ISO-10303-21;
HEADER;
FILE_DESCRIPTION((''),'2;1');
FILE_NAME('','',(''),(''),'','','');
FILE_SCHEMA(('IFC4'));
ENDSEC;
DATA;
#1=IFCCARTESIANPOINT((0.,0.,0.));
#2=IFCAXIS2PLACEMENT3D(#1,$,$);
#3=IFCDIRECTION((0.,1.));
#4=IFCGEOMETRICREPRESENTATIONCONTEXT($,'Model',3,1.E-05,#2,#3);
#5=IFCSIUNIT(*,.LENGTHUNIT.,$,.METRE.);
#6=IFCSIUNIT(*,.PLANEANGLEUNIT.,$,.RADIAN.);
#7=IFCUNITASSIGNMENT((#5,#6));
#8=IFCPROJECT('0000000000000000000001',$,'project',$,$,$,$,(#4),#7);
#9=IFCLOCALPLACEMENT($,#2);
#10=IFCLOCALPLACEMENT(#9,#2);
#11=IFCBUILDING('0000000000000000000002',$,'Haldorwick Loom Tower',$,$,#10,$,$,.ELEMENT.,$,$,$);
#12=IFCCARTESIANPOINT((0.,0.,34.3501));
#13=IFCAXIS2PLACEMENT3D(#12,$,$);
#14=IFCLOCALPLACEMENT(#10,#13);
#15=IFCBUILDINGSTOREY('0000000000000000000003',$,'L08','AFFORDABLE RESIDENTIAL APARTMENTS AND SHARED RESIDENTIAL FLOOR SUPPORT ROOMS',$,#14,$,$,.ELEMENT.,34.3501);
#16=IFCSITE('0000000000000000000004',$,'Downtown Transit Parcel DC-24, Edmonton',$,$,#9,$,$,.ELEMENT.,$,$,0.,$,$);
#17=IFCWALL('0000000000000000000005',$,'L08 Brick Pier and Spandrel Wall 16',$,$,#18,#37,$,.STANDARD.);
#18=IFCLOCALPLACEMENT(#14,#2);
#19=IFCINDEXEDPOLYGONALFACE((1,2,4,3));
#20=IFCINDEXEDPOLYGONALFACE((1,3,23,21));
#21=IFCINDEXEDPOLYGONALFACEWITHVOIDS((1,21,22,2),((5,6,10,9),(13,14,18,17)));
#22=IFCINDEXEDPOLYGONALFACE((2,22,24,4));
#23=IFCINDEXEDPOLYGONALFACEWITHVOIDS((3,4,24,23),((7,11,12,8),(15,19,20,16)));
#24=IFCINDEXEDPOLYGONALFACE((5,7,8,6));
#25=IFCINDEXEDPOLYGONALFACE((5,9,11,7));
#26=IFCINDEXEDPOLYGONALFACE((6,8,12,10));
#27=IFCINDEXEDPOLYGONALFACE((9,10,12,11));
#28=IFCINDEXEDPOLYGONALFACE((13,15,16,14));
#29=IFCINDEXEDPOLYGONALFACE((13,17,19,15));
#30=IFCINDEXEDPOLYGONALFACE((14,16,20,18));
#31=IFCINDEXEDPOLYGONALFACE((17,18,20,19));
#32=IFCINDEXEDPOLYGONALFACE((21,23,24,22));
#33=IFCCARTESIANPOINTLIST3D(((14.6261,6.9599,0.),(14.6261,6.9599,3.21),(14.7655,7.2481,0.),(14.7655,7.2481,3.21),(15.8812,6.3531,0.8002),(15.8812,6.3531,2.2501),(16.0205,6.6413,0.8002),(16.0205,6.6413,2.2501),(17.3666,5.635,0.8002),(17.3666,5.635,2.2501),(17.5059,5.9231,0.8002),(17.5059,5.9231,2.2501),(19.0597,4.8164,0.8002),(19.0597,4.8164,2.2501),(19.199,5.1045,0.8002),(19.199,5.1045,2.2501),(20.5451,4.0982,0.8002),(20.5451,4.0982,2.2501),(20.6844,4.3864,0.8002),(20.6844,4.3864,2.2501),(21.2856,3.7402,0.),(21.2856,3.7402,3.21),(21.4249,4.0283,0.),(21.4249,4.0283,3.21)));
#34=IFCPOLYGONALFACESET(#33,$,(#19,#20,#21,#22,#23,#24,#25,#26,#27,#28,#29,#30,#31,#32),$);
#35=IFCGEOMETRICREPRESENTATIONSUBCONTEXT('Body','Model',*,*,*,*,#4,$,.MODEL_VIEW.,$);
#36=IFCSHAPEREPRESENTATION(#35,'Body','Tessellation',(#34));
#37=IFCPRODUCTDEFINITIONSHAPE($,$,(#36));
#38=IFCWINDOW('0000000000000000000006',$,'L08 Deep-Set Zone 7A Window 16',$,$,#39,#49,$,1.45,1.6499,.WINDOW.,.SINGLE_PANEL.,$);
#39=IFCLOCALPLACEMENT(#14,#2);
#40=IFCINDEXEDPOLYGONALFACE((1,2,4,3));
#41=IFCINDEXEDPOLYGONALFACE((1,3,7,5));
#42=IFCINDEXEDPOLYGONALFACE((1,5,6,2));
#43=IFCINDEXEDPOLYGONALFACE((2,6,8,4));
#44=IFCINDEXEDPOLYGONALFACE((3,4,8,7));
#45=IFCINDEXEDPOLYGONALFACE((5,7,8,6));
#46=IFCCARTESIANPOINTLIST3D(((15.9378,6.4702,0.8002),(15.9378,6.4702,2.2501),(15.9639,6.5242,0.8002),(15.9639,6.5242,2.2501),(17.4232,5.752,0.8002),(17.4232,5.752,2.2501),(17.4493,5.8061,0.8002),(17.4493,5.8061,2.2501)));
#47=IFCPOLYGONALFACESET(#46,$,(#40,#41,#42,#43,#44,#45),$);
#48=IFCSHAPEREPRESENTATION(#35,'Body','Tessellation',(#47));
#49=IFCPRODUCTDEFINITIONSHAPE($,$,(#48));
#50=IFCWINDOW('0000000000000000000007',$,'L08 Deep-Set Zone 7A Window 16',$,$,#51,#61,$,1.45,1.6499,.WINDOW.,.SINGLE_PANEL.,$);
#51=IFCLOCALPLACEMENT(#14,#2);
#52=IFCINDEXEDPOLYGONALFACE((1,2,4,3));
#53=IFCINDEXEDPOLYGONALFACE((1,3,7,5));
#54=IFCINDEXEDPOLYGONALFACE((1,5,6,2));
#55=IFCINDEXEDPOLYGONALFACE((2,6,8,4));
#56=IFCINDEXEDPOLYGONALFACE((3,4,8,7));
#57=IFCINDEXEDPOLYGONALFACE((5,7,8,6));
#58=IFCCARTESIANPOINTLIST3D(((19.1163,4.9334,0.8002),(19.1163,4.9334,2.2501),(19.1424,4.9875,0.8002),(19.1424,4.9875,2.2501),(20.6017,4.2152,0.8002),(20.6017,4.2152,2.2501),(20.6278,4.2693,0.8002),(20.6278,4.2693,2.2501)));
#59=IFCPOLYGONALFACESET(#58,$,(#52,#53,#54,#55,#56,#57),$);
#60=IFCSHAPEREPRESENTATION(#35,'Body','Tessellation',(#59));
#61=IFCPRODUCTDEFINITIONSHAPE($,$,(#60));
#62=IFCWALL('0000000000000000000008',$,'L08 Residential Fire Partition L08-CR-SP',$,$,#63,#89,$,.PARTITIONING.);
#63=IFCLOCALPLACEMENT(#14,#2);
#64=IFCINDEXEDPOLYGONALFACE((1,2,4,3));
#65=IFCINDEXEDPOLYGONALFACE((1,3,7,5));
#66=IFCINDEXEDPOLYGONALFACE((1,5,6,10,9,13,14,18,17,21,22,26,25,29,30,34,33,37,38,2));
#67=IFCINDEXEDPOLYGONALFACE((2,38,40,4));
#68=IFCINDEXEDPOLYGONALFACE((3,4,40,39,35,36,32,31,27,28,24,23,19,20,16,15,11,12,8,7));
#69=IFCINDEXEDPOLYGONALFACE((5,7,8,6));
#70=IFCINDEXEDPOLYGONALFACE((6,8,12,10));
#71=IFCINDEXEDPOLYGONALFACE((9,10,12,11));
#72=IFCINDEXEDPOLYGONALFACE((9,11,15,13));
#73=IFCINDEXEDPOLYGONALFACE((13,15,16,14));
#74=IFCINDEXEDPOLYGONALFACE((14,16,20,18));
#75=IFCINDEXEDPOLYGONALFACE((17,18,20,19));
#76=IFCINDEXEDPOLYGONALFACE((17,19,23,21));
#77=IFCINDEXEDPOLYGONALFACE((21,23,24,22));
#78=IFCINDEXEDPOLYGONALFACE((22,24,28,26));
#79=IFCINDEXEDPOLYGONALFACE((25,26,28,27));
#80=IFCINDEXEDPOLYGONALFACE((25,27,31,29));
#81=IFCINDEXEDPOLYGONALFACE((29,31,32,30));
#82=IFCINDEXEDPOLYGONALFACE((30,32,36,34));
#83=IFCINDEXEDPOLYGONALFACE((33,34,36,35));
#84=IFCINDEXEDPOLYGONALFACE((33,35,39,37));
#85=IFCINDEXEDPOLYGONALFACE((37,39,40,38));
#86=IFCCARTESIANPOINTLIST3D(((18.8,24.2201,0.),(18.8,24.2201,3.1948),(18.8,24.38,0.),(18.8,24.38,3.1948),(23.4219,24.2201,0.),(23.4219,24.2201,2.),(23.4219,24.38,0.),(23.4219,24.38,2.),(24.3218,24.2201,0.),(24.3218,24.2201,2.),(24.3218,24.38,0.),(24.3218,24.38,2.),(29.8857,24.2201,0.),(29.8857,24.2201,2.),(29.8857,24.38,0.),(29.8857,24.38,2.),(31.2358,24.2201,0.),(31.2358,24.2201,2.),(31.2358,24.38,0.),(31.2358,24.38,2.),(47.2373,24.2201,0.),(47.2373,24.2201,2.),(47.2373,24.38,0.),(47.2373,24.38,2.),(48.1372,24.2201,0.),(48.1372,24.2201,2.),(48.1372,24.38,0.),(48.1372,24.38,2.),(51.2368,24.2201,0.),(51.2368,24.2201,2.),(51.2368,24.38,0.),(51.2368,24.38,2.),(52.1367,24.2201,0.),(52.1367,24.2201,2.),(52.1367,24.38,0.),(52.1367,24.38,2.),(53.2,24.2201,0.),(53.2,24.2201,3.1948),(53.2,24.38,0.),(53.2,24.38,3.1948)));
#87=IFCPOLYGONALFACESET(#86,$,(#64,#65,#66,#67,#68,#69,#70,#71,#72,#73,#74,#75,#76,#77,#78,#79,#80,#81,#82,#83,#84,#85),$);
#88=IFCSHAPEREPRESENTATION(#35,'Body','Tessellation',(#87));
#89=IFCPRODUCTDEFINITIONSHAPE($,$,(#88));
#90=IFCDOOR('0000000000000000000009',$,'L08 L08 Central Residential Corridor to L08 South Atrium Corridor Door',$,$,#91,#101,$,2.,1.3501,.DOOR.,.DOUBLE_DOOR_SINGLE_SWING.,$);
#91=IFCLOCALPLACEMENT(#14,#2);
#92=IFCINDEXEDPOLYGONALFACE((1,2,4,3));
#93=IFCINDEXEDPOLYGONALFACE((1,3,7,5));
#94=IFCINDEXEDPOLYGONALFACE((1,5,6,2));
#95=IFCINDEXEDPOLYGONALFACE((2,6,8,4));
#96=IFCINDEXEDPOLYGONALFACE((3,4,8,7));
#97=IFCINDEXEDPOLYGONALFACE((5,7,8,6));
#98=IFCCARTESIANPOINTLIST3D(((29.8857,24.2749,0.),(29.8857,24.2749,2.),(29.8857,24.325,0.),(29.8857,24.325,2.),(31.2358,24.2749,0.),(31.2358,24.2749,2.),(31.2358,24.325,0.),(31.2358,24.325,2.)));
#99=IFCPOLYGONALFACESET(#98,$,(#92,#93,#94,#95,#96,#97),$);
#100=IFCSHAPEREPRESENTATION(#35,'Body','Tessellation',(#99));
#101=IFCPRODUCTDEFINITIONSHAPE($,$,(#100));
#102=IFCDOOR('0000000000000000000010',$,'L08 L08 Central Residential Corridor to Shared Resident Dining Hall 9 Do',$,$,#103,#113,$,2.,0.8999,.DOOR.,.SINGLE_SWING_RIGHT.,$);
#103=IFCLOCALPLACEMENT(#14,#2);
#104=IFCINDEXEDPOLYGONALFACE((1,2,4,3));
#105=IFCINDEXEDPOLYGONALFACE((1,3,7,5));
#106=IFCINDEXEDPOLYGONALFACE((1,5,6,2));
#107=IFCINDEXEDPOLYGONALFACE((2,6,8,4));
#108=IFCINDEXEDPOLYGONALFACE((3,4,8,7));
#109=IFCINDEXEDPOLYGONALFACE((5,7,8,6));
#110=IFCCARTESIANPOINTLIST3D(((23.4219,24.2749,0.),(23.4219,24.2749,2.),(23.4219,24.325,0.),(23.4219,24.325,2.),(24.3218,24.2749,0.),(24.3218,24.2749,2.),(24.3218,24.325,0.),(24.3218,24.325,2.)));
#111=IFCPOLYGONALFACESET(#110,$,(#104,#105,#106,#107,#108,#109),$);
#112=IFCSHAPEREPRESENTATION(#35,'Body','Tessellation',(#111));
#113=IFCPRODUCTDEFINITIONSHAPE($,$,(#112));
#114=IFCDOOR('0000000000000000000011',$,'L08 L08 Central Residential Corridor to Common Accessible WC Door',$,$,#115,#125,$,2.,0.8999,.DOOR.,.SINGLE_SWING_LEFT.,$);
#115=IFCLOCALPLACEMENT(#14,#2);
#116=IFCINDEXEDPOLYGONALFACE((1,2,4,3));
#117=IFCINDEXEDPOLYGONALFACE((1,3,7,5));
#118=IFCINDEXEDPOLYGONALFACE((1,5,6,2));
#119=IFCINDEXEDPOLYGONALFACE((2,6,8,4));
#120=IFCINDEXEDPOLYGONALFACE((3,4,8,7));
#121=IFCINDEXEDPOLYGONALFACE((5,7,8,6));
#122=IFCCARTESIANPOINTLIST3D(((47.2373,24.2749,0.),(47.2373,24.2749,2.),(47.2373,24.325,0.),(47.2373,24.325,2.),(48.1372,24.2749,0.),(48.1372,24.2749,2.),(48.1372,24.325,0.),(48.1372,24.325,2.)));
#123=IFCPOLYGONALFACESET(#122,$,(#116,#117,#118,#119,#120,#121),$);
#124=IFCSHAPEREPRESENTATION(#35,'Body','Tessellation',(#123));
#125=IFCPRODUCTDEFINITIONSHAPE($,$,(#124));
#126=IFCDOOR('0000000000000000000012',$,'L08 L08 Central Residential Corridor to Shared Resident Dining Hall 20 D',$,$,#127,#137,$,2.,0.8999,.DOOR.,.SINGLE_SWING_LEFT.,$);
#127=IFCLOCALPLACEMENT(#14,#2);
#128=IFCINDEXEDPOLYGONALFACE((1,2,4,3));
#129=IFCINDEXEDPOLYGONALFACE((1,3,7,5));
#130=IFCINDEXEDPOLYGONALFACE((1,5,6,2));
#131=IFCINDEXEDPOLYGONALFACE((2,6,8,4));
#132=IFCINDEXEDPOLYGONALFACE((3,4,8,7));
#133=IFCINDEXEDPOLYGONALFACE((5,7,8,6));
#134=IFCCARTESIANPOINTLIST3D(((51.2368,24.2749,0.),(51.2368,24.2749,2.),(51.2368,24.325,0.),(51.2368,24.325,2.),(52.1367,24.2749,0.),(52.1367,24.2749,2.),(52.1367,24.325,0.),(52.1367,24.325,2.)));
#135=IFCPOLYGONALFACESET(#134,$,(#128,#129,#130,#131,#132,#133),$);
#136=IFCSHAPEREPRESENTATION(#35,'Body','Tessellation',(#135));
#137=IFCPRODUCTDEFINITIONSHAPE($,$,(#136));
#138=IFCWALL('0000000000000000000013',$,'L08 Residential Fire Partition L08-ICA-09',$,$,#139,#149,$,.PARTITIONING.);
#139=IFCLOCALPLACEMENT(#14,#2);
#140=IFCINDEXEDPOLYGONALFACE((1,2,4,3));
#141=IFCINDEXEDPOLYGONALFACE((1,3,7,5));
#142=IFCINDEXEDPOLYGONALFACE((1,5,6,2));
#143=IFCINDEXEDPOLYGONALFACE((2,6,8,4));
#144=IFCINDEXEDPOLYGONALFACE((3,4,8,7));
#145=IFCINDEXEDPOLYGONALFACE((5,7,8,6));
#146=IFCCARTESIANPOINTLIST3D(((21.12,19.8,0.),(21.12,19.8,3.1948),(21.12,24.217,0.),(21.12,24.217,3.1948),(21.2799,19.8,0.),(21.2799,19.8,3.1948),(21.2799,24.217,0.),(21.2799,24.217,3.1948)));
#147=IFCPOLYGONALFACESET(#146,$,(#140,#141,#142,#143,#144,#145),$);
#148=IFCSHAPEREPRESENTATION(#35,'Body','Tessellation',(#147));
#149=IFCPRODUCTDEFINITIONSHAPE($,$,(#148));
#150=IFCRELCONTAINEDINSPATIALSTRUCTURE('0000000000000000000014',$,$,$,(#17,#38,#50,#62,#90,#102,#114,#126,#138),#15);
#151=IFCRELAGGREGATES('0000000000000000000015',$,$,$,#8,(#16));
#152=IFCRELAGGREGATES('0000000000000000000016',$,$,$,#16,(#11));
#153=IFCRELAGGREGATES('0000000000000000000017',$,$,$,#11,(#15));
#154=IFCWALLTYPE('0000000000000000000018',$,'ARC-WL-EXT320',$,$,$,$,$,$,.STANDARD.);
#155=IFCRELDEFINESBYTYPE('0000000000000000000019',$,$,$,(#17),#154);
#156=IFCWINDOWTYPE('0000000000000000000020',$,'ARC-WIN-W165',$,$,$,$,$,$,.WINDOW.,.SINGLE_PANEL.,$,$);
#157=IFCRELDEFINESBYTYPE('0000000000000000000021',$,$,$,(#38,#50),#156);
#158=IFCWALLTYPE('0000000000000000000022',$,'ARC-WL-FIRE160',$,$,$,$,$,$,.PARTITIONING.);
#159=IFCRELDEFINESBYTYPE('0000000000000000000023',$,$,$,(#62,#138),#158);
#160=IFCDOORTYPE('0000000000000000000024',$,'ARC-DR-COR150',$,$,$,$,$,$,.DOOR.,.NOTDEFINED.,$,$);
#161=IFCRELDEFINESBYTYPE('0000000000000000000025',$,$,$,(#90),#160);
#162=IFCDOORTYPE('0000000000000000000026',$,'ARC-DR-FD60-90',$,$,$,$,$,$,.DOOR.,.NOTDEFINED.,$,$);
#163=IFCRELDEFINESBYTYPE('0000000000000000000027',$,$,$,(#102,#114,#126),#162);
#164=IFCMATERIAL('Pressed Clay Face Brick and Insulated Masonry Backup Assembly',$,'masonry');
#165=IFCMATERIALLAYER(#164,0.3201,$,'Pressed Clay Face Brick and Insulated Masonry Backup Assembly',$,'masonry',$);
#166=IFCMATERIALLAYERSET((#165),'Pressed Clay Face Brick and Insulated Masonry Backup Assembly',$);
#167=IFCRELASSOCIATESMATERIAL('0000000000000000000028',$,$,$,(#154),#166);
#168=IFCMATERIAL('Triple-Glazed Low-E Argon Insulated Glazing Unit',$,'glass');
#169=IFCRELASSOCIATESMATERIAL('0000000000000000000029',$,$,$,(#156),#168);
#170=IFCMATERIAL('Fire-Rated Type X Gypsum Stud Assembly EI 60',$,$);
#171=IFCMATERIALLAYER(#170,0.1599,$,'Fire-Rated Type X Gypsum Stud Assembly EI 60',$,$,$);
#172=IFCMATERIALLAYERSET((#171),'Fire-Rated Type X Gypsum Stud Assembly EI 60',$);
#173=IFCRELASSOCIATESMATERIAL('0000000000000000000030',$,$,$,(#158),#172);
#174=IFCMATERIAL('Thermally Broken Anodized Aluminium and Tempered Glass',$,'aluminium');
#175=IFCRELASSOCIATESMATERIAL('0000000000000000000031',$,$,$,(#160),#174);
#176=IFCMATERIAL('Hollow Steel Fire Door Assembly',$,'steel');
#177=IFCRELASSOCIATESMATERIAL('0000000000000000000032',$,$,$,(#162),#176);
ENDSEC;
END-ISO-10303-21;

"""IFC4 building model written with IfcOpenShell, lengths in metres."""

from ifc_helpers import new_model, si_unit, direction, frame, frame_2d, origin, place, context, subcontext, project, spatial, rectangle, extrude, material, layer, layer_set, type_object, element, fill, save


model = new_model("IFC4")

# Units and contexts
model_context = context("Model", 3, precision=1e-05, world=origin(), true_north=direction((0.0, 1.0)))
body_context = subcontext(model_context, "Body", "Model", "MODEL_VIEW")
ifc_project = project(units=[si_unit("LENGTHUNIT", "METRE"), si_unit("PLANEANGLEUNIT", "RADIAN")], contexts=[model_context])

# Site, building, storey
site_placement = place(None, origin())
site = spatial("IfcSite", under=ifc_project, at=site_placement, Name="Downtown Transit Parcel DC-24, Edmonton", CompositionType="ELEMENT", RefElevation=0.0)
building_placement = place(site_placement, origin())
building = spatial("IfcBuilding", under=site, at=building_placement, Name="Haldorwick Loom Tower", CompositionType="ELEMENT")
storey_placement = place(building_placement, frame((0.0, 0.0, 34.3501)))
storey = spatial("IfcBuildingStorey", under=building, at=storey_placement, Name="L08", Description="AFFORDABLE RESIDENTIAL APARTMENTS AND SHARED RESIDENTIAL FLOOR SUPPORT ROOMS", CompositionType="ELEMENT", Elevation=34.3501)

# Shared definitions
ifc_material_1 = material(Name="Pressed Clay Face Brick and Insulated Masonry Backup Assembly", Category="masonry")
ifc_layer_1 = layer(ifc_material_1, 0.3201, Name="Pressed Clay Face Brick and Insulated Masonry Backup Assembly", Category="masonry")
ifc_layer_set_1 = layer_set([ifc_layer_1], Name="Pressed Clay Face Brick and Insulated Masonry Backup Assembly")
wall_type_1 = type_object("IfcWallType", Name="ARC-WL-EXT320", PredefinedType="STANDARD", material=ifc_layer_set_1)

# Wall, openings, windows
wall_1_placement = place(storey_placement, frame((14.6958, 7.104, 0.0), z_axis=(0.0, 0.0, 1.0), x_axis=(0.900296, -0.435279, 0.0)))
wall_1 = element("IfcWall", 1, at=wall_1_placement, inside=storey, type_object=wall_type_1, Name="L08 Brick Pier and Spandrel Wall 16", PredefinedType="STANDARD", context=body_context, shape_type="SweptSolid", body=[
    extrude(rectangle(XDim=7.397, YDim=0.3201, at=frame_2d((3.6985, 0.0))), origin(), (0.0, 0.0, 1.0), 3.21),
])
opening_1_placement = place(wall_1_placement, frame((1.394, 0.0, 0.8)))
opening_1 = element("IfcOpeningElement", 2, at=opening_1_placement, cuts=wall_1, PredefinedType="OPENING", context=body_context, shape_type="SweptSolid", body=[
    extrude(rectangle(XDim=1.6499, YDim=1.45, at=frame_2d((0.825, 0.7251))), frame((0.0, 0.1699, 0.0), z_axis=(0.0, -1.0, 0.0), x_axis=(1.0, 0.0, 0.0)), (0.0, 0.0, 1.0), 0.3401),
])
opening_2_placement = place(wall_1_placement, frame((4.9246, 0.0, 0.8)))
opening_2 = element("IfcOpeningElement", 3, at=opening_2_placement, cuts=wall_1, PredefinedType="OPENING", context=body_context, shape_type="SweptSolid", body=[
    extrude(rectangle(XDim=1.6499, YDim=1.45, at=frame_2d((0.825, 0.7251))), frame((0.0, 0.1699, 0.0), z_axis=(0.0, -1.0, 0.0), x_axis=(1.0, 0.0, 0.0)), (0.0, 0.0, 1.0), 0.3401),
])
ifc_material_2 = material(Name="Triple-Glazed Low-E Argon Insulated Glazing Unit", Category="glass")
window_type = type_object("IfcWindowType", Name="ARC-WIN-W165", PartitioningType="SINGLE_PANEL", PredefinedType="WINDOW", material=ifc_material_2)
window_1_placement = place(opening_1_placement, origin())
window_1 = element("IfcWindow", 4, at=window_1_placement, inside=storey, type_object=window_type, Name="L08 Deep-Set Zone 7A Window 16", OverallHeight=1.45, OverallWidth=1.6499, PartitioningType="SINGLE_PANEL", PredefinedType="WINDOW", context=body_context, shape_type="SweptSolid", body=[
    extrude(rectangle(XDim=1.6499, YDim=1.45, at=frame_2d((0.825, 0.7251))), frame((0.0, 0.03, 0.0), z_axis=(0.0, -1.0, 0.0), x_axis=(1.0, 0.0, 0.0)), (0.0, 0.0, 1.0), 0.0601),
])
fill(opening_1, window_1)
window_2_placement = place(opening_2_placement, origin())
window_2 = element("IfcWindow", 5, at=window_2_placement, inside=storey, type_object=window_type, Name="L08 Deep-Set Zone 7A Window 16", OverallHeight=1.45, OverallWidth=1.6499, PartitioningType="SINGLE_PANEL", PredefinedType="WINDOW", context=body_context, shape_type="SweptSolid", body=[
    extrude(rectangle(XDim=1.6499, YDim=1.45, at=frame_2d((0.825, 0.7251))), frame((0.0, 0.03, 0.0), z_axis=(0.0, -1.0, 0.0), x_axis=(1.0, 0.0, 0.0)), (0.0, 0.0, 1.0), 0.0601),
])
fill(opening_2, window_2)

# Wall, openings, doors
ifc_material_3 = material(Name="Fire-Rated Type X Gypsum Stud Assembly EI 60")
ifc_layer_2 = layer(ifc_material_3, 0.1599, Name="Fire-Rated Type X Gypsum Stud Assembly EI 60")
ifc_layer_set_2 = layer_set([ifc_layer_2], Name="Fire-Rated Type X Gypsum Stud Assembly EI 60")
wall_type_2 = type_object("IfcWallType", Name="ARC-WL-FIRE160", PredefinedType="PARTITIONING", material=ifc_layer_set_2)
wall_2_placement = place(storey_placement, frame((18.8, 24.3, 0.0), z_axis=(0.0, 0.0, 1.0), x_axis=(1.0, 0.0, 0.0)))
wall_2 = element("IfcWall", 6, at=wall_2_placement, inside=storey, type_object=wall_type_2, Name="L08 Residential Fire Partition L08-CR-SP", PredefinedType="PARTITIONING", context=body_context, shape_type="SweptSolid", body=[
    extrude(rectangle(XDim=34.3999, YDim=0.1599, at=frame_2d((17.2, 0.0))), origin(), (0.0, 0.0, 1.0), 3.1948),
])
opening_3_placement = place(wall_2_placement, frame((11.0857, 0.0, 0.0)))
opening_3 = element("IfcOpeningElement", 7, at=opening_3_placement, cuts=wall_2, PredefinedType="OPENING", context=body_context, shape_type="SweptSolid", body=[
    extrude(rectangle(XDim=1.3501, YDim=2.0, at=frame_2d((0.675, 1.0))), frame((0.0, 0.0898, 0.0), z_axis=(0.0, -1.0, 0.0), x_axis=(1.0, 0.0, 0.0)), (0.0, 0.0, 1.0), 0.1799),
])
opening_4_placement = place(wall_2_placement, frame((4.6218, 0.0, 0.0)))
opening_4 = element("IfcOpeningElement", 8, at=opening_4_placement, cuts=wall_2, PredefinedType="OPENING", context=body_context, shape_type="SweptSolid", body=[
    extrude(rectangle(XDim=0.8999, YDim=2.0, at=frame_2d((0.45, 1.0))), frame((0.0, 0.0898, 0.0), z_axis=(0.0, -1.0, 0.0), x_axis=(1.0, 0.0, 0.0)), (0.0, 0.0, 1.0), 0.1799),
])
opening_5_placement = place(wall_2_placement, frame((28.4373, 0.0, 0.0)))
opening_5 = element("IfcOpeningElement", 9, at=opening_5_placement, cuts=wall_2, PredefinedType="OPENING", context=body_context, shape_type="SweptSolid", body=[
    extrude(rectangle(XDim=0.8999, YDim=2.0, at=frame_2d((0.45, 1.0))), frame((0.0, 0.0898, 0.0), z_axis=(0.0, -1.0, 0.0), x_axis=(1.0, 0.0, 0.0)), (0.0, 0.0, 1.0), 0.1799),
])
opening_6_placement = place(wall_2_placement, frame((32.4368, 0.0, 0.0)))
opening_6 = element("IfcOpeningElement", 10, at=opening_6_placement, cuts=wall_2, PredefinedType="OPENING", context=body_context, shape_type="SweptSolid", body=[
    extrude(rectangle(XDim=0.8999, YDim=2.0, at=frame_2d((0.45, 1.0))), frame((0.0, 0.0898, 0.0), z_axis=(0.0, -1.0, 0.0), x_axis=(1.0, 0.0, 0.0)), (0.0, 0.0, 1.0), 0.1799),
])
ifc_material_4 = material(Name="Thermally Broken Anodized Aluminium and Tempered Glass", Category="aluminium")
door_type_1 = type_object("IfcDoorType", Name="ARC-DR-COR150", OperationType="NOTDEFINED", PredefinedType="DOOR", material=ifc_material_4)
door_1_placement = place(opening_3_placement, origin())
door_1 = element("IfcDoor", 11, at=door_1_placement, inside=storey, type_object=door_type_1, Name="L08 L08 Central Residential Corridor to L08 South Atrium Corridor Door", OperationType="DOUBLE_DOOR_SINGLE_SWING", OverallHeight=2.0, OverallWidth=1.3501, PredefinedType="DOOR", context=body_context, shape_type="SweptSolid", body=[
    extrude(rectangle(XDim=1.3501, YDim=2.0, at=frame_2d((0.675, 1.0))), frame((0.0, 0.0249, 0.0), z_axis=(0.0, -1.0, 0.0), x_axis=(1.0, 0.0, 0.0)), (0.0, 0.0, 1.0), 0.05),
])
fill(opening_3, door_1)
ifc_material_5 = material(Name="Hollow Steel Fire Door Assembly", Category="steel")
door_type_2 = type_object("IfcDoorType", Name="ARC-DR-FD60-90", OperationType="NOTDEFINED", PredefinedType="DOOR", material=ifc_material_5)
door_2_placement = place(opening_4_placement, origin())
door_2 = element("IfcDoor", 12, at=door_2_placement, inside=storey, type_object=door_type_2, Name="L08 L08 Central Residential Corridor to Shared Resident Dining Hall 9 Do", OperationType="SINGLE_SWING_RIGHT", OverallHeight=2.0, OverallWidth=0.8999, PredefinedType="DOOR", context=body_context, shape_type="SweptSolid", body=[
    extrude(rectangle(XDim=0.8999, YDim=2.0, at=frame_2d((0.45, 1.0))), frame((0.0, 0.0249, 0.0), z_axis=(0.0, -1.0, 0.0), x_axis=(1.0, 0.0, 0.0)), (0.0, 0.0, 1.0), 0.05),
])
fill(opening_4, door_2)
door_3_placement = place(opening_5_placement, origin())
door_3 = element("IfcDoor", 13, at=door_3_placement, inside=storey, type_object=door_type_2, Name="L08 L08 Central Residential Corridor to Common Accessible WC Door", OperationType="SINGLE_SWING_LEFT", OverallHeight=2.0, OverallWidth=0.8999, PredefinedType="DOOR", context=body_context, shape_type="SweptSolid", body=[
    extrude(rectangle(XDim=0.8999, YDim=2.0, at=frame_2d((0.45, 1.0))), frame((0.0, 0.0249, 0.0), z_axis=(0.0, -1.0, 0.0), x_axis=(1.0, 0.0, 0.0)), (0.0, 0.0, 1.0), 0.05),
])
fill(opening_5, door_3)
door_4_placement = place(opening_6_placement, origin())
door_4 = element("IfcDoor", 14, at=door_4_placement, inside=storey, type_object=door_type_2, Name="L08 L08 Central Residential Corridor to Shared Resident Dining Hall 20 D", OperationType="SINGLE_SWING_LEFT", OverallHeight=2.0, OverallWidth=0.8999, PredefinedType="DOOR", context=body_context, shape_type="SweptSolid", body=[
    extrude(rectangle(XDim=0.8999, YDim=2.0, at=frame_2d((0.45, 1.0))), frame((0.0, 0.0249, 0.0), z_axis=(0.0, -1.0, 0.0), x_axis=(1.0, 0.0, 0.0)), (0.0, 0.0, 1.0), 0.05),
])
fill(opening_6, door_4)

# Wall
wall_3_placement = place(storey_placement, frame((21.2, 24.217, 0.0), z_axis=(0.0, 0.0, 1.0), x_axis=(0.0, -1.0, 0.0)))
element("IfcWall", 15, at=wall_3_placement, inside=storey, type_object=wall_type_2, Name="L08 Residential Fire Partition L08-ICA-09", PredefinedType="PARTITIONING", context=body_context, shape_type="SweptSolid", body=[
    extrude(rectangle(XDim=4.417, YDim=0.1599, at=frame_2d((2.2085, 0.0))), origin(), (0.0, 0.0, 1.0), 3.1948),
])

save(model, "model.ifc")
